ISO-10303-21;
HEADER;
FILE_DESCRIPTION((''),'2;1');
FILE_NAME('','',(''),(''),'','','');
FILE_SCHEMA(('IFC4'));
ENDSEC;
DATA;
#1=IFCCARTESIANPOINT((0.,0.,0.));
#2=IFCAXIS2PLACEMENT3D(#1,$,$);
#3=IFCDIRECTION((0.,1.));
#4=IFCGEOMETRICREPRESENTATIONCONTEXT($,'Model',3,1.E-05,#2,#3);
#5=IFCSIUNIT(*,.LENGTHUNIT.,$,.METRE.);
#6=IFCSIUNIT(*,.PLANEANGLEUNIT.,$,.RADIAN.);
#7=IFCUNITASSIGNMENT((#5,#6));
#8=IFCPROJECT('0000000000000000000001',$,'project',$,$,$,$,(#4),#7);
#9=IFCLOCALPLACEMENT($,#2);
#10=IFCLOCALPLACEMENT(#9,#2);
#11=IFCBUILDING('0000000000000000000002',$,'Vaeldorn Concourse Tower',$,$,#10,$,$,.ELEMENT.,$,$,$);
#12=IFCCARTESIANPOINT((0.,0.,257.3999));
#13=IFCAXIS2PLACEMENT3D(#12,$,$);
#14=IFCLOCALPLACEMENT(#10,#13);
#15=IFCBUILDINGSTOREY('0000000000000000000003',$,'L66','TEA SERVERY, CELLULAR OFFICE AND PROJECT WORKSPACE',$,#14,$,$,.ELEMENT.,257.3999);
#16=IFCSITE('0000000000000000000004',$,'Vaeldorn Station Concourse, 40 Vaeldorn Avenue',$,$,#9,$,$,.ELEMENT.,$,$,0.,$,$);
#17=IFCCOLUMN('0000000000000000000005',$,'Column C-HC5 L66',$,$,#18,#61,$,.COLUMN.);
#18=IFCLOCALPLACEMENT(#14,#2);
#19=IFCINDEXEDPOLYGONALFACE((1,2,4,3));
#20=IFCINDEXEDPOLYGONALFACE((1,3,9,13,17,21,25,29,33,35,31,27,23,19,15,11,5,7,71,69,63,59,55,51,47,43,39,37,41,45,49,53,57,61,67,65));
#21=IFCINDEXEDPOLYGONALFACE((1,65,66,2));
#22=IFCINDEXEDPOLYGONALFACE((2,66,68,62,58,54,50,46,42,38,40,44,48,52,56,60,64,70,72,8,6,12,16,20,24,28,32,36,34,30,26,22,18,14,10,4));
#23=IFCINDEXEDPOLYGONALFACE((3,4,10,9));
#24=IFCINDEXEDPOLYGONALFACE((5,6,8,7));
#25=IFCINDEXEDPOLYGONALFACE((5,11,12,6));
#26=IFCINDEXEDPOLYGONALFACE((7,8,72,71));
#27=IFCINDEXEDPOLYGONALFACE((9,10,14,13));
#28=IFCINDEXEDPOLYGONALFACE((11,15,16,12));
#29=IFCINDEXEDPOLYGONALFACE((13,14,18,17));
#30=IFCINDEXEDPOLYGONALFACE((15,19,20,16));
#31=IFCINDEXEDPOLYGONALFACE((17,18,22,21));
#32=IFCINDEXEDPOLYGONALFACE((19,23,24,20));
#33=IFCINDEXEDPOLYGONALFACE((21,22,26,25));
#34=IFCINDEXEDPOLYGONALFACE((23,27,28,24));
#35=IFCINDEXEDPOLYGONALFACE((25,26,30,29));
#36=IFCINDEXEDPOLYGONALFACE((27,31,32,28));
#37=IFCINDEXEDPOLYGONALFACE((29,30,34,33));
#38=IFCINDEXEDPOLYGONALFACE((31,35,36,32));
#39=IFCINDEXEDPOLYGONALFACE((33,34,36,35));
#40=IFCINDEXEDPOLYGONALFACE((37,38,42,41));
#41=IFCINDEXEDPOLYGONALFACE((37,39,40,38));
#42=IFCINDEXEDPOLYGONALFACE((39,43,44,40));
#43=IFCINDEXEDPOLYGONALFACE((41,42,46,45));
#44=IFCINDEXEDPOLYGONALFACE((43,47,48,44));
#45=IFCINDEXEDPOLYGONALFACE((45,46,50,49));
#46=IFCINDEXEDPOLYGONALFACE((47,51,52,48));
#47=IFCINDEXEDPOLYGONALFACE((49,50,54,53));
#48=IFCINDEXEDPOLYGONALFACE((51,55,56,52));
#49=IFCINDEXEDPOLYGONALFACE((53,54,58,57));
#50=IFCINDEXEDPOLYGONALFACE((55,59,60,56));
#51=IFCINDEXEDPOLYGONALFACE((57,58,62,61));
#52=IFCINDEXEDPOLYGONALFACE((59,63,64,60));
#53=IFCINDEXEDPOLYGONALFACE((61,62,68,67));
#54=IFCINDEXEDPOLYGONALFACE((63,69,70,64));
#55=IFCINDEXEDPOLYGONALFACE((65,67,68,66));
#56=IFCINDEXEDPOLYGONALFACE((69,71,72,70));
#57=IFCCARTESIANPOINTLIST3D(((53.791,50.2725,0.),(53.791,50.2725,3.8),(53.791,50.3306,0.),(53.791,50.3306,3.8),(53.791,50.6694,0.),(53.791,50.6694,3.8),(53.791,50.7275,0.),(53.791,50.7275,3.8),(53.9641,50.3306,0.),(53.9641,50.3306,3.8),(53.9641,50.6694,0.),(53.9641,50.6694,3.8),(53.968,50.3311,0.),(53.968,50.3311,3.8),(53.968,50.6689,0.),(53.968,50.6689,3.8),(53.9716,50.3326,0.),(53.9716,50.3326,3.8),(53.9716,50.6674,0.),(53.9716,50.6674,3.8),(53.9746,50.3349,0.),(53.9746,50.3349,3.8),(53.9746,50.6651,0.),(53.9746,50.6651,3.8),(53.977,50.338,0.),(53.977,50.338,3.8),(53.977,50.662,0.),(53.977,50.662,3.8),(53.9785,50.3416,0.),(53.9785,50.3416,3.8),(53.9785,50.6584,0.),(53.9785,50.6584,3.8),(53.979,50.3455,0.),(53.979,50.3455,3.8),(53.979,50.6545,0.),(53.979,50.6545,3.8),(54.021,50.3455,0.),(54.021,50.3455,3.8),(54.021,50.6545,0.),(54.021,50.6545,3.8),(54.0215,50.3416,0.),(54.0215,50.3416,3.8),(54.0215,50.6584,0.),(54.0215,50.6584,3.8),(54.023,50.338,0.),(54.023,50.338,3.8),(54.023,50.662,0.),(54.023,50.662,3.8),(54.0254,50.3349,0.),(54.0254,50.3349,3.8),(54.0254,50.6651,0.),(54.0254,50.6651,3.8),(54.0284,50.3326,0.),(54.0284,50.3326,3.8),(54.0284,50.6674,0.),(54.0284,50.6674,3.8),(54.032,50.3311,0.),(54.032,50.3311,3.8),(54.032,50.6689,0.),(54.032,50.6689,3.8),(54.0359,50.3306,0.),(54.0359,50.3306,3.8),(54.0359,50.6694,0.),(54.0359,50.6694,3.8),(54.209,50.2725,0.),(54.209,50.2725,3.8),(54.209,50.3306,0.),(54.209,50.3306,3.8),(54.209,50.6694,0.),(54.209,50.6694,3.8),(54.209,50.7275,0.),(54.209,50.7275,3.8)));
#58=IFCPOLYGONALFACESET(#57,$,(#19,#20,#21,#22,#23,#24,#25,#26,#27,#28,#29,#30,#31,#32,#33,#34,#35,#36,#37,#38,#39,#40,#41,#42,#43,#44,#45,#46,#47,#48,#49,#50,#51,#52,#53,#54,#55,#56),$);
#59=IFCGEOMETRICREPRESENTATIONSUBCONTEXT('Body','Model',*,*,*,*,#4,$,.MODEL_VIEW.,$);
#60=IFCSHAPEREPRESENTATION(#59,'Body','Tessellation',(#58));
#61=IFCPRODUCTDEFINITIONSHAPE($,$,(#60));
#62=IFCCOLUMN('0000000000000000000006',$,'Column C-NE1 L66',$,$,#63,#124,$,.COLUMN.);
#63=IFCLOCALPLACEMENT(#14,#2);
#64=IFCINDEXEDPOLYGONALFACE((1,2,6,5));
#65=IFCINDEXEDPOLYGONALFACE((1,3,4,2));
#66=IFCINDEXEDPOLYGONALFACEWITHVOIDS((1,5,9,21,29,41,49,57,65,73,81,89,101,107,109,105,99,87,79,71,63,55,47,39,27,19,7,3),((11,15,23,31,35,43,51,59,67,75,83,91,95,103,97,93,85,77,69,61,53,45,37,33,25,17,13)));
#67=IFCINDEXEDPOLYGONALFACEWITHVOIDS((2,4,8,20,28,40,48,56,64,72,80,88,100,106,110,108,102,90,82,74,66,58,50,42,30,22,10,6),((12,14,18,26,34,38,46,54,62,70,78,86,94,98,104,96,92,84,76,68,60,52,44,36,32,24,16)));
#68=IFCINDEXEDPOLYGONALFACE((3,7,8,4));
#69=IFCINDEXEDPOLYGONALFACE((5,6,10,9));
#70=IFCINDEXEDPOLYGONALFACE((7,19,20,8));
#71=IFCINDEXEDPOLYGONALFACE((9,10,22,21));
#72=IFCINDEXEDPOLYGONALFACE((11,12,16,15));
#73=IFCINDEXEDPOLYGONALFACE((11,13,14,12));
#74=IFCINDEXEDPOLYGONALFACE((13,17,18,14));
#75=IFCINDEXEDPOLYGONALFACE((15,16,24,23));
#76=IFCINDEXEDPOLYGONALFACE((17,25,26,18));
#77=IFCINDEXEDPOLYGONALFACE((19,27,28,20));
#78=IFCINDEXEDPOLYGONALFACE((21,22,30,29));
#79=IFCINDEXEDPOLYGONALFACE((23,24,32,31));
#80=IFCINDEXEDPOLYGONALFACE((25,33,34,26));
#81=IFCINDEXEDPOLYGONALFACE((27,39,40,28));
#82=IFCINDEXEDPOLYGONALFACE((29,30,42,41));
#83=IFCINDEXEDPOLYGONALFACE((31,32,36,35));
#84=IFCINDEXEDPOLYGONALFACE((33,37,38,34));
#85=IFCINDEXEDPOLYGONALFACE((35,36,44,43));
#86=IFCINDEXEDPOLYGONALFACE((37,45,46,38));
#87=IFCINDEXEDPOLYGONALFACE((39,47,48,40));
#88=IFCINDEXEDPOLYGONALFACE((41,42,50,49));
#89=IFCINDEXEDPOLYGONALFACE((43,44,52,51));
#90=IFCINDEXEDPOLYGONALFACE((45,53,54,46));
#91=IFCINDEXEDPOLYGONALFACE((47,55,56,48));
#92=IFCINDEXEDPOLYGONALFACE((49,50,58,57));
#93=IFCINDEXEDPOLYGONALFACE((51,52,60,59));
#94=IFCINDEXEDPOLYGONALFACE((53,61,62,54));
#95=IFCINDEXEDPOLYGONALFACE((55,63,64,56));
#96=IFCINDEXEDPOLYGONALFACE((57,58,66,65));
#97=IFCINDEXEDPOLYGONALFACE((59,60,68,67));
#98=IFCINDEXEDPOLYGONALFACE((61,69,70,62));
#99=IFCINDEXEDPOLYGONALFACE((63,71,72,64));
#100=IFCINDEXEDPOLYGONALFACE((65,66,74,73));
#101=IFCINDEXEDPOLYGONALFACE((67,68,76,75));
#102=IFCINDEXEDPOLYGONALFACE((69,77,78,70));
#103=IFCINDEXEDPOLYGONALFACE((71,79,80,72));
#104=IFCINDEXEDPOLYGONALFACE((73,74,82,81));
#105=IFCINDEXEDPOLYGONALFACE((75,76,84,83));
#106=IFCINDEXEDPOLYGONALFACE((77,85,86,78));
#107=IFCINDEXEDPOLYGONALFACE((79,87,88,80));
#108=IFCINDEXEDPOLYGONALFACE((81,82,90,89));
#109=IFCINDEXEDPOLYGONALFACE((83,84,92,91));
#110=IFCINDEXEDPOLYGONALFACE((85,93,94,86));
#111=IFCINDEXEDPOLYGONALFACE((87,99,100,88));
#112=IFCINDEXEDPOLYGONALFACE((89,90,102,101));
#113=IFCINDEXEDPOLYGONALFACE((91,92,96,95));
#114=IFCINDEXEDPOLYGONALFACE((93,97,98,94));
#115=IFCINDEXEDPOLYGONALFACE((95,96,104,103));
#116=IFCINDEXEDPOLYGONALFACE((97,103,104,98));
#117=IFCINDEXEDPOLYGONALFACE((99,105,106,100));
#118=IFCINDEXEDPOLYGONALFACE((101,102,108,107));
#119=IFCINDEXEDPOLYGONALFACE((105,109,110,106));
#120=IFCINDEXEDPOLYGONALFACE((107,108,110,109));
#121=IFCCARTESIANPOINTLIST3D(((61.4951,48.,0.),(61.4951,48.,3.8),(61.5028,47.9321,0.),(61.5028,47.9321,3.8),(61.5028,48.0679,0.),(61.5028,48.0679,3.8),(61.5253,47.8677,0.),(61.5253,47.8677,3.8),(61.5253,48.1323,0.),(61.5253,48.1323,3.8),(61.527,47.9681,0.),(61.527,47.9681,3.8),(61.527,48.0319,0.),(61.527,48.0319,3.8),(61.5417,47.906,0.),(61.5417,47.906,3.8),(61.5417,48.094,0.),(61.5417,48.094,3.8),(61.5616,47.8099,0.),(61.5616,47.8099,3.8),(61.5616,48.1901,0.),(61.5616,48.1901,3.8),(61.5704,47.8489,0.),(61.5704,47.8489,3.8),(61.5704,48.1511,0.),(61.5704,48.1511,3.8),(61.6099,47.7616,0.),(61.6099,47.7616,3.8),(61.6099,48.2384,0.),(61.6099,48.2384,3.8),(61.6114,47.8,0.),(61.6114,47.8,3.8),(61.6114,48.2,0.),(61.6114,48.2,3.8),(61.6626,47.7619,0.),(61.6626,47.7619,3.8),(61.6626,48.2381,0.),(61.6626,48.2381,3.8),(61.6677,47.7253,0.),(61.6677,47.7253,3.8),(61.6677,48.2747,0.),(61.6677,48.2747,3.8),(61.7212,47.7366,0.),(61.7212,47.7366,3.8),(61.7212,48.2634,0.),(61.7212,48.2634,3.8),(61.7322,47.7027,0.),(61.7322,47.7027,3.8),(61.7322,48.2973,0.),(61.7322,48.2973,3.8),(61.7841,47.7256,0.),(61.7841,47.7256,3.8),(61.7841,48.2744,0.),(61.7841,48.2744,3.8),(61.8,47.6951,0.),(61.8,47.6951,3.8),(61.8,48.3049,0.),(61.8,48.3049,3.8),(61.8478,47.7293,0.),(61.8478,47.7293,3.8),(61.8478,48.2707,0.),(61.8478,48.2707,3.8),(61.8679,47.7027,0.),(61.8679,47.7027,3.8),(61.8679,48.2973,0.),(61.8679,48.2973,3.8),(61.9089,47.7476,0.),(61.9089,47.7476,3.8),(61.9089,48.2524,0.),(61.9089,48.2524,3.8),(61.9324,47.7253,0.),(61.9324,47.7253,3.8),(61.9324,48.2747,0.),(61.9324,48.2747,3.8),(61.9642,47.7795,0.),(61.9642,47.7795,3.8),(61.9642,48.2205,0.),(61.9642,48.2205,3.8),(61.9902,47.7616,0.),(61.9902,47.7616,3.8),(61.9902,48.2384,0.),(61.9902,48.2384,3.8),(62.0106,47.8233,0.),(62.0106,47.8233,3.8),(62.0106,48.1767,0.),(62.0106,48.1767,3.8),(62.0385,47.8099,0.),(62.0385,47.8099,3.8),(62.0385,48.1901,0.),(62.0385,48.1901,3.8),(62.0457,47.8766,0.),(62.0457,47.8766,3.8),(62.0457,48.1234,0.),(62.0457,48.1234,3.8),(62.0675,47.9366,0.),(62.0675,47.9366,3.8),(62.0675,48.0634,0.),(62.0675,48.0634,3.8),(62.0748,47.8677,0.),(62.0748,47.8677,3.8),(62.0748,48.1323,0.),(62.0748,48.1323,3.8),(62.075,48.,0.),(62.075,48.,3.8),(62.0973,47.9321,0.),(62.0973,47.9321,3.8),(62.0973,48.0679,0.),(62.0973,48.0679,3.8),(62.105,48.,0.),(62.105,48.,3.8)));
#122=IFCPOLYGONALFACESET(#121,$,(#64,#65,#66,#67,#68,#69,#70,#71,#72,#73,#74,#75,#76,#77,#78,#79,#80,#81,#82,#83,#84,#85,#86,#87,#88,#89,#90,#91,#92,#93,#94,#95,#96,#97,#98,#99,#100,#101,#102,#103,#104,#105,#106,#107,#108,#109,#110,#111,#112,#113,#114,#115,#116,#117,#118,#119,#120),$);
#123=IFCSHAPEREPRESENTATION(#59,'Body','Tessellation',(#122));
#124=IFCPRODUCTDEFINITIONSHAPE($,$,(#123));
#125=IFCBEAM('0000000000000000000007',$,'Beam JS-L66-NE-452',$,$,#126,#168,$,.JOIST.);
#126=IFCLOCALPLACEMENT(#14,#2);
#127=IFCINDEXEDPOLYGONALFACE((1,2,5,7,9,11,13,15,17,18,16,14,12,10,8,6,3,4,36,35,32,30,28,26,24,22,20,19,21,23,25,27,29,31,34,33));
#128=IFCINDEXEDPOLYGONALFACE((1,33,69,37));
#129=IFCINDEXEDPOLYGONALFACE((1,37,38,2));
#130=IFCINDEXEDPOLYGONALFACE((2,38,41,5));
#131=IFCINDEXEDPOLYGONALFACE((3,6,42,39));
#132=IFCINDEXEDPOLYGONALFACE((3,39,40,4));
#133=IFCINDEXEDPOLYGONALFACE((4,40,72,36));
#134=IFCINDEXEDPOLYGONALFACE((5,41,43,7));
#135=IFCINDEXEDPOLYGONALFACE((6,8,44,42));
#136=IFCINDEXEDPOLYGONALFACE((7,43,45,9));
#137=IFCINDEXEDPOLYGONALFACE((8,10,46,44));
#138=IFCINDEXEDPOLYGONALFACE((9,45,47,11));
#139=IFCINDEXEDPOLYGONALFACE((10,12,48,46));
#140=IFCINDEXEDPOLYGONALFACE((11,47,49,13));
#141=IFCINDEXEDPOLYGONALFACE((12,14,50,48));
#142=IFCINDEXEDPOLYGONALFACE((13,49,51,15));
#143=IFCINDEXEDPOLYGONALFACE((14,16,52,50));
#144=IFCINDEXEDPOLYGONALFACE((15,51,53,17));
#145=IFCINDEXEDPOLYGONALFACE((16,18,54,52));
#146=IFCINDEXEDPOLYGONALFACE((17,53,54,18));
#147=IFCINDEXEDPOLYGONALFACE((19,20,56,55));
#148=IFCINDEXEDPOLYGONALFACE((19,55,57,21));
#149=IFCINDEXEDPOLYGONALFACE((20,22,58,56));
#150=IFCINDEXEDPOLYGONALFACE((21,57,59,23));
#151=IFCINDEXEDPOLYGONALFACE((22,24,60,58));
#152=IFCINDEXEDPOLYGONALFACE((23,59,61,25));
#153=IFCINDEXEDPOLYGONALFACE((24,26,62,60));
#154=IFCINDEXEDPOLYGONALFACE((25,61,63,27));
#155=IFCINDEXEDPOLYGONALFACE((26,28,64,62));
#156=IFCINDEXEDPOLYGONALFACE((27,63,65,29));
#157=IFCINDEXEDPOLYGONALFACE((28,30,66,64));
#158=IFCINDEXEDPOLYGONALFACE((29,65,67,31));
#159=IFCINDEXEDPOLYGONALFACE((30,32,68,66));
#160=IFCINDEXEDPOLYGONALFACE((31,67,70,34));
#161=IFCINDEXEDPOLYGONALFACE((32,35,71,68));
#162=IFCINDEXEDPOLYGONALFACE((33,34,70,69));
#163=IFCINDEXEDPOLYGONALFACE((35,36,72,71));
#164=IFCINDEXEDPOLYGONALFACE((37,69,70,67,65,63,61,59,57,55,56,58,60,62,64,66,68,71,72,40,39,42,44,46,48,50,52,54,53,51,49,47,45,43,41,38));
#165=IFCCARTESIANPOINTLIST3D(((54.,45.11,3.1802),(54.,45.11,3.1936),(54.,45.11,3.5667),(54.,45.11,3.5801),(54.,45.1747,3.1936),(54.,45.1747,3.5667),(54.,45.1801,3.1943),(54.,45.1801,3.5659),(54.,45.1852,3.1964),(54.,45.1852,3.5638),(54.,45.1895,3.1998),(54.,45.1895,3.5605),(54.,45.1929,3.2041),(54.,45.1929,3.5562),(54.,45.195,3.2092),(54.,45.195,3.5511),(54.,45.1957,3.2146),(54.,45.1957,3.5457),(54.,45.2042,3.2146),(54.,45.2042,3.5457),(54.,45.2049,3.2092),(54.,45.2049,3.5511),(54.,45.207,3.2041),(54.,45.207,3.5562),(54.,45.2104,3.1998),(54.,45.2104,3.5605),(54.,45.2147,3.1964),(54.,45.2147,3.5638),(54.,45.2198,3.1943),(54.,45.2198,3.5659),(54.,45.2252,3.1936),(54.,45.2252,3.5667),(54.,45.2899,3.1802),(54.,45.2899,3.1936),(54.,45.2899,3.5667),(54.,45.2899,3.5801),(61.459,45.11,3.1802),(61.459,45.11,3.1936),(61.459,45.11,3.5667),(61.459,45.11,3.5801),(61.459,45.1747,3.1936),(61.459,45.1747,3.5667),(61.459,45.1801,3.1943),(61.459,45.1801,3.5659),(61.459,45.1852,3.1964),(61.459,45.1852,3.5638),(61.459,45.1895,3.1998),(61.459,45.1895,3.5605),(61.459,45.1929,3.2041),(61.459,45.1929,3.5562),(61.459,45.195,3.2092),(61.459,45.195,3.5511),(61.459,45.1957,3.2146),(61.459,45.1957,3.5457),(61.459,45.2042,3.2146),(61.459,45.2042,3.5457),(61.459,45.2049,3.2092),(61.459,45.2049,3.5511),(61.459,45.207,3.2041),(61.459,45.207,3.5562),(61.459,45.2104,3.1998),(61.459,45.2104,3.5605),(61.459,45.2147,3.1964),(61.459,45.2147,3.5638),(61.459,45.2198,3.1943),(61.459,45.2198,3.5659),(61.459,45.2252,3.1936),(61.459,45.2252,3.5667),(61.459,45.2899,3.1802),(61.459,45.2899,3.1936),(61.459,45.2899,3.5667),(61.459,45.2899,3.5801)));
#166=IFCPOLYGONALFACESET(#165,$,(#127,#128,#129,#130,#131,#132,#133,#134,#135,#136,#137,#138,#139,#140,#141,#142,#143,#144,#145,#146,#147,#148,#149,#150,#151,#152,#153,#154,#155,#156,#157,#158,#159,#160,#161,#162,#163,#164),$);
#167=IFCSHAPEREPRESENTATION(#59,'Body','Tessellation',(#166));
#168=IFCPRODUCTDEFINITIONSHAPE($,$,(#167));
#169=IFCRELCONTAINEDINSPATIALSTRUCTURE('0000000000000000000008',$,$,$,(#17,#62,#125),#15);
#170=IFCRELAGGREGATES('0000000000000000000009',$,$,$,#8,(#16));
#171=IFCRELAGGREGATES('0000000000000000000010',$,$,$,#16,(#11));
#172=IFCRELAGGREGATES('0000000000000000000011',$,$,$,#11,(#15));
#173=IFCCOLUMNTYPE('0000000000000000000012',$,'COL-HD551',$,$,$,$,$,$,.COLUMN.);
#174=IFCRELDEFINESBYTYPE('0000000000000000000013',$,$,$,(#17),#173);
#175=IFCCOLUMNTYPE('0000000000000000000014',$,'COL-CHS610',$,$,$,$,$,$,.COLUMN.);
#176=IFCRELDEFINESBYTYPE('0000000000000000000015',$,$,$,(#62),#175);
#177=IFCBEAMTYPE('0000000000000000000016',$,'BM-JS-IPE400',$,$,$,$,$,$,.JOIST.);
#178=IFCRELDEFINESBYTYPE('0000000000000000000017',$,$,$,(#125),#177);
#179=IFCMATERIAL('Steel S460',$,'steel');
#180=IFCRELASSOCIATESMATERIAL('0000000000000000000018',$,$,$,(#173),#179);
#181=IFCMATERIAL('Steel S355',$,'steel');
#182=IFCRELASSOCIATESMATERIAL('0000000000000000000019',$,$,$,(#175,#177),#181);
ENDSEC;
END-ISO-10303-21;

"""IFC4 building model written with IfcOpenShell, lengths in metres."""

from ifc_helpers import new_model, si_unit, direction, frame, origin, origin_2d, place, context, subcontext, project, spatial, hollow_circle, i_section, extrude, source, transform, mapped, material, material_profile, profile_set, type_object, element, save


model = new_model("IFC4")

# Units and contexts
model_context = context("Model", 3, precision=1e-05, world=origin(), true_north=direction((0.0, 1.0)))
body_context = subcontext(model_context, "Body", "Model", "MODEL_VIEW")
ifc_project = project(units=[si_unit("LENGTHUNIT", "METRE"), si_unit("PLANEANGLEUNIT", "RADIAN")], contexts=[model_context])

# Site, building, storey
site_placement = place(None, origin())
site = spatial("IfcSite", under=ifc_project, at=site_placement, Name="Vaeldorn Station Concourse, 40 Vaeldorn Avenue", CompositionType="ELEMENT", RefElevation=0.0)
building_placement = place(site_placement, origin())
building = spatial("IfcBuilding", under=site, at=building_placement, Name="Vaeldorn Concourse Tower", CompositionType="ELEMENT")
storey_placement = place(building_placement, frame((0.0, 0.0, 257.3999)))
storey = spatial("IfcBuildingStorey", under=building, at=storey_placement, Name="L66", Description="TEA SERVERY, CELLULAR OFFICE AND PROJECT WORKSPACE", CompositionType="ELEMENT", Elevation=257.3999)

# Columns
ifc_material_1 = material(Name="Steel S460", Category="steel")
ifc_material_profile_1 = material_profile(ifc_material_1, i_section(OverallWidth=0.418, OverallDepth=0.4551, WebThickness=0.042, FlangeThickness=0.0581, FilletRadius=0.0149, at=origin_2d()), Name="HD 400x551")
ifc_profile_set_1 = profile_set([ifc_material_profile_1], Name="Steel S460")
column_type_1 = type_object("IfcColumnType", Name="COL-HD551", PredefinedType="COLUMN", material=ifc_profile_set_1)
shared_shape_1 = source(origin(), body_context, "Body", "SweptSolid", [
    extrude(i_section(OverallWidth=0.418, OverallDepth=0.4551, WebThickness=0.042, FlangeThickness=0.0581, FilletRadius=0.0149, at=origin_2d()), origin(), (0.0, 0.0, 1.0), 3.8),
])
column_1_placement = place(storey_placement, frame((54.0, 50.5, 0.0), z_axis=(0.0, 0.0, 1.0), x_axis=(1.0, 0.0, 0.0)))
element("IfcColumn", 1, at=column_1_placement, inside=storey, type_object=column_type_1, Name="Column C-HC5 L66", PredefinedType="COLUMN", context=body_context, shape_type="MappedRepresentation", body=[
    mapped(shared_shape_1, transform((0.0, 0.0, 0.0), scale=1.0)),
])
ifc_material_2 = material(Name="Steel S355", Category="steel")
ifc_material_profile_2 = material_profile(ifc_material_2, hollow_circle(Radius=0.3049, WallThickness=0.03, at=origin_2d()), Name="CHS 610x30")
ifc_profile_set_2 = profile_set([ifc_material_profile_2], Name="Steel S355")
column_type_2 = type_object("IfcColumnType", Name="COL-CHS610", PredefinedType="COLUMN", material=ifc_profile_set_2)
shared_shape_2 = source(origin(), body_context, "Body", "SweptSolid", [
    extrude(hollow_circle(Radius=0.3049, WallThickness=0.03, at=origin_2d()), origin(), (0.0, 0.0, 1.0), 3.8),
])
column_2_placement = place(storey_placement, frame((61.8, 48.0, 0.0), z_axis=(0.0, 0.0, 1.0), x_axis=(1.0, 0.0, 0.0)))
element("IfcColumn", 2, at=column_2_placement, inside=storey, type_object=column_type_2, Name="Column C-NE1 L66", PredefinedType="COLUMN", context=body_context, shape_type="MappedRepresentation", body=[
    mapped(shared_shape_2, transform((0.0, 0.0, 0.0), scale=1.0)),
])

# Beam
ifc_material_profile_3 = material_profile(ifc_material_2, i_section(OverallWidth=0.1799, OverallDepth=0.3999, WebThickness=0.0085, FlangeThickness=0.0134, FilletRadius=0.021, at=origin_2d()), Name="IPE 400")
ifc_profile_set_3 = profile_set([ifc_material_profile_3], Name="Steel S355")
beam_type_1 = type_object("IfcBeamType", Name="BM-JS-IPE400", PredefinedType="JOIST", material=ifc_profile_set_3)
shared_shape_3 = source(origin(), body_context, "Body", "SweptSolid", [
    extrude(i_section(OverallWidth=0.1799, OverallDepth=0.3999, WebThickness=0.0085, FlangeThickness=0.0134, FilletRadius=0.021, at=origin_2d()), origin(), (0.0, 0.0, 1.0), 7.459),
])
beam_1_placement = place(storey_placement, frame((54.0, 45.2, 3.3801), z_axis=(1.0, 0.0, 0.0), x_axis=(0.0, 1.0, 0.0)))
element("IfcBeam", 3, at=beam_1_placement, inside=storey, type_object=beam_type_1, Name="Beam JS-L66-NE-452", PredefinedType="JOIST", context=body_context, shape_type="MappedRepresentation", body=[
    mapped(shared_shape_3, transform((0.0, 0.0, 0.0), scale=1.0)),
])

save(model, "model.ifc")
